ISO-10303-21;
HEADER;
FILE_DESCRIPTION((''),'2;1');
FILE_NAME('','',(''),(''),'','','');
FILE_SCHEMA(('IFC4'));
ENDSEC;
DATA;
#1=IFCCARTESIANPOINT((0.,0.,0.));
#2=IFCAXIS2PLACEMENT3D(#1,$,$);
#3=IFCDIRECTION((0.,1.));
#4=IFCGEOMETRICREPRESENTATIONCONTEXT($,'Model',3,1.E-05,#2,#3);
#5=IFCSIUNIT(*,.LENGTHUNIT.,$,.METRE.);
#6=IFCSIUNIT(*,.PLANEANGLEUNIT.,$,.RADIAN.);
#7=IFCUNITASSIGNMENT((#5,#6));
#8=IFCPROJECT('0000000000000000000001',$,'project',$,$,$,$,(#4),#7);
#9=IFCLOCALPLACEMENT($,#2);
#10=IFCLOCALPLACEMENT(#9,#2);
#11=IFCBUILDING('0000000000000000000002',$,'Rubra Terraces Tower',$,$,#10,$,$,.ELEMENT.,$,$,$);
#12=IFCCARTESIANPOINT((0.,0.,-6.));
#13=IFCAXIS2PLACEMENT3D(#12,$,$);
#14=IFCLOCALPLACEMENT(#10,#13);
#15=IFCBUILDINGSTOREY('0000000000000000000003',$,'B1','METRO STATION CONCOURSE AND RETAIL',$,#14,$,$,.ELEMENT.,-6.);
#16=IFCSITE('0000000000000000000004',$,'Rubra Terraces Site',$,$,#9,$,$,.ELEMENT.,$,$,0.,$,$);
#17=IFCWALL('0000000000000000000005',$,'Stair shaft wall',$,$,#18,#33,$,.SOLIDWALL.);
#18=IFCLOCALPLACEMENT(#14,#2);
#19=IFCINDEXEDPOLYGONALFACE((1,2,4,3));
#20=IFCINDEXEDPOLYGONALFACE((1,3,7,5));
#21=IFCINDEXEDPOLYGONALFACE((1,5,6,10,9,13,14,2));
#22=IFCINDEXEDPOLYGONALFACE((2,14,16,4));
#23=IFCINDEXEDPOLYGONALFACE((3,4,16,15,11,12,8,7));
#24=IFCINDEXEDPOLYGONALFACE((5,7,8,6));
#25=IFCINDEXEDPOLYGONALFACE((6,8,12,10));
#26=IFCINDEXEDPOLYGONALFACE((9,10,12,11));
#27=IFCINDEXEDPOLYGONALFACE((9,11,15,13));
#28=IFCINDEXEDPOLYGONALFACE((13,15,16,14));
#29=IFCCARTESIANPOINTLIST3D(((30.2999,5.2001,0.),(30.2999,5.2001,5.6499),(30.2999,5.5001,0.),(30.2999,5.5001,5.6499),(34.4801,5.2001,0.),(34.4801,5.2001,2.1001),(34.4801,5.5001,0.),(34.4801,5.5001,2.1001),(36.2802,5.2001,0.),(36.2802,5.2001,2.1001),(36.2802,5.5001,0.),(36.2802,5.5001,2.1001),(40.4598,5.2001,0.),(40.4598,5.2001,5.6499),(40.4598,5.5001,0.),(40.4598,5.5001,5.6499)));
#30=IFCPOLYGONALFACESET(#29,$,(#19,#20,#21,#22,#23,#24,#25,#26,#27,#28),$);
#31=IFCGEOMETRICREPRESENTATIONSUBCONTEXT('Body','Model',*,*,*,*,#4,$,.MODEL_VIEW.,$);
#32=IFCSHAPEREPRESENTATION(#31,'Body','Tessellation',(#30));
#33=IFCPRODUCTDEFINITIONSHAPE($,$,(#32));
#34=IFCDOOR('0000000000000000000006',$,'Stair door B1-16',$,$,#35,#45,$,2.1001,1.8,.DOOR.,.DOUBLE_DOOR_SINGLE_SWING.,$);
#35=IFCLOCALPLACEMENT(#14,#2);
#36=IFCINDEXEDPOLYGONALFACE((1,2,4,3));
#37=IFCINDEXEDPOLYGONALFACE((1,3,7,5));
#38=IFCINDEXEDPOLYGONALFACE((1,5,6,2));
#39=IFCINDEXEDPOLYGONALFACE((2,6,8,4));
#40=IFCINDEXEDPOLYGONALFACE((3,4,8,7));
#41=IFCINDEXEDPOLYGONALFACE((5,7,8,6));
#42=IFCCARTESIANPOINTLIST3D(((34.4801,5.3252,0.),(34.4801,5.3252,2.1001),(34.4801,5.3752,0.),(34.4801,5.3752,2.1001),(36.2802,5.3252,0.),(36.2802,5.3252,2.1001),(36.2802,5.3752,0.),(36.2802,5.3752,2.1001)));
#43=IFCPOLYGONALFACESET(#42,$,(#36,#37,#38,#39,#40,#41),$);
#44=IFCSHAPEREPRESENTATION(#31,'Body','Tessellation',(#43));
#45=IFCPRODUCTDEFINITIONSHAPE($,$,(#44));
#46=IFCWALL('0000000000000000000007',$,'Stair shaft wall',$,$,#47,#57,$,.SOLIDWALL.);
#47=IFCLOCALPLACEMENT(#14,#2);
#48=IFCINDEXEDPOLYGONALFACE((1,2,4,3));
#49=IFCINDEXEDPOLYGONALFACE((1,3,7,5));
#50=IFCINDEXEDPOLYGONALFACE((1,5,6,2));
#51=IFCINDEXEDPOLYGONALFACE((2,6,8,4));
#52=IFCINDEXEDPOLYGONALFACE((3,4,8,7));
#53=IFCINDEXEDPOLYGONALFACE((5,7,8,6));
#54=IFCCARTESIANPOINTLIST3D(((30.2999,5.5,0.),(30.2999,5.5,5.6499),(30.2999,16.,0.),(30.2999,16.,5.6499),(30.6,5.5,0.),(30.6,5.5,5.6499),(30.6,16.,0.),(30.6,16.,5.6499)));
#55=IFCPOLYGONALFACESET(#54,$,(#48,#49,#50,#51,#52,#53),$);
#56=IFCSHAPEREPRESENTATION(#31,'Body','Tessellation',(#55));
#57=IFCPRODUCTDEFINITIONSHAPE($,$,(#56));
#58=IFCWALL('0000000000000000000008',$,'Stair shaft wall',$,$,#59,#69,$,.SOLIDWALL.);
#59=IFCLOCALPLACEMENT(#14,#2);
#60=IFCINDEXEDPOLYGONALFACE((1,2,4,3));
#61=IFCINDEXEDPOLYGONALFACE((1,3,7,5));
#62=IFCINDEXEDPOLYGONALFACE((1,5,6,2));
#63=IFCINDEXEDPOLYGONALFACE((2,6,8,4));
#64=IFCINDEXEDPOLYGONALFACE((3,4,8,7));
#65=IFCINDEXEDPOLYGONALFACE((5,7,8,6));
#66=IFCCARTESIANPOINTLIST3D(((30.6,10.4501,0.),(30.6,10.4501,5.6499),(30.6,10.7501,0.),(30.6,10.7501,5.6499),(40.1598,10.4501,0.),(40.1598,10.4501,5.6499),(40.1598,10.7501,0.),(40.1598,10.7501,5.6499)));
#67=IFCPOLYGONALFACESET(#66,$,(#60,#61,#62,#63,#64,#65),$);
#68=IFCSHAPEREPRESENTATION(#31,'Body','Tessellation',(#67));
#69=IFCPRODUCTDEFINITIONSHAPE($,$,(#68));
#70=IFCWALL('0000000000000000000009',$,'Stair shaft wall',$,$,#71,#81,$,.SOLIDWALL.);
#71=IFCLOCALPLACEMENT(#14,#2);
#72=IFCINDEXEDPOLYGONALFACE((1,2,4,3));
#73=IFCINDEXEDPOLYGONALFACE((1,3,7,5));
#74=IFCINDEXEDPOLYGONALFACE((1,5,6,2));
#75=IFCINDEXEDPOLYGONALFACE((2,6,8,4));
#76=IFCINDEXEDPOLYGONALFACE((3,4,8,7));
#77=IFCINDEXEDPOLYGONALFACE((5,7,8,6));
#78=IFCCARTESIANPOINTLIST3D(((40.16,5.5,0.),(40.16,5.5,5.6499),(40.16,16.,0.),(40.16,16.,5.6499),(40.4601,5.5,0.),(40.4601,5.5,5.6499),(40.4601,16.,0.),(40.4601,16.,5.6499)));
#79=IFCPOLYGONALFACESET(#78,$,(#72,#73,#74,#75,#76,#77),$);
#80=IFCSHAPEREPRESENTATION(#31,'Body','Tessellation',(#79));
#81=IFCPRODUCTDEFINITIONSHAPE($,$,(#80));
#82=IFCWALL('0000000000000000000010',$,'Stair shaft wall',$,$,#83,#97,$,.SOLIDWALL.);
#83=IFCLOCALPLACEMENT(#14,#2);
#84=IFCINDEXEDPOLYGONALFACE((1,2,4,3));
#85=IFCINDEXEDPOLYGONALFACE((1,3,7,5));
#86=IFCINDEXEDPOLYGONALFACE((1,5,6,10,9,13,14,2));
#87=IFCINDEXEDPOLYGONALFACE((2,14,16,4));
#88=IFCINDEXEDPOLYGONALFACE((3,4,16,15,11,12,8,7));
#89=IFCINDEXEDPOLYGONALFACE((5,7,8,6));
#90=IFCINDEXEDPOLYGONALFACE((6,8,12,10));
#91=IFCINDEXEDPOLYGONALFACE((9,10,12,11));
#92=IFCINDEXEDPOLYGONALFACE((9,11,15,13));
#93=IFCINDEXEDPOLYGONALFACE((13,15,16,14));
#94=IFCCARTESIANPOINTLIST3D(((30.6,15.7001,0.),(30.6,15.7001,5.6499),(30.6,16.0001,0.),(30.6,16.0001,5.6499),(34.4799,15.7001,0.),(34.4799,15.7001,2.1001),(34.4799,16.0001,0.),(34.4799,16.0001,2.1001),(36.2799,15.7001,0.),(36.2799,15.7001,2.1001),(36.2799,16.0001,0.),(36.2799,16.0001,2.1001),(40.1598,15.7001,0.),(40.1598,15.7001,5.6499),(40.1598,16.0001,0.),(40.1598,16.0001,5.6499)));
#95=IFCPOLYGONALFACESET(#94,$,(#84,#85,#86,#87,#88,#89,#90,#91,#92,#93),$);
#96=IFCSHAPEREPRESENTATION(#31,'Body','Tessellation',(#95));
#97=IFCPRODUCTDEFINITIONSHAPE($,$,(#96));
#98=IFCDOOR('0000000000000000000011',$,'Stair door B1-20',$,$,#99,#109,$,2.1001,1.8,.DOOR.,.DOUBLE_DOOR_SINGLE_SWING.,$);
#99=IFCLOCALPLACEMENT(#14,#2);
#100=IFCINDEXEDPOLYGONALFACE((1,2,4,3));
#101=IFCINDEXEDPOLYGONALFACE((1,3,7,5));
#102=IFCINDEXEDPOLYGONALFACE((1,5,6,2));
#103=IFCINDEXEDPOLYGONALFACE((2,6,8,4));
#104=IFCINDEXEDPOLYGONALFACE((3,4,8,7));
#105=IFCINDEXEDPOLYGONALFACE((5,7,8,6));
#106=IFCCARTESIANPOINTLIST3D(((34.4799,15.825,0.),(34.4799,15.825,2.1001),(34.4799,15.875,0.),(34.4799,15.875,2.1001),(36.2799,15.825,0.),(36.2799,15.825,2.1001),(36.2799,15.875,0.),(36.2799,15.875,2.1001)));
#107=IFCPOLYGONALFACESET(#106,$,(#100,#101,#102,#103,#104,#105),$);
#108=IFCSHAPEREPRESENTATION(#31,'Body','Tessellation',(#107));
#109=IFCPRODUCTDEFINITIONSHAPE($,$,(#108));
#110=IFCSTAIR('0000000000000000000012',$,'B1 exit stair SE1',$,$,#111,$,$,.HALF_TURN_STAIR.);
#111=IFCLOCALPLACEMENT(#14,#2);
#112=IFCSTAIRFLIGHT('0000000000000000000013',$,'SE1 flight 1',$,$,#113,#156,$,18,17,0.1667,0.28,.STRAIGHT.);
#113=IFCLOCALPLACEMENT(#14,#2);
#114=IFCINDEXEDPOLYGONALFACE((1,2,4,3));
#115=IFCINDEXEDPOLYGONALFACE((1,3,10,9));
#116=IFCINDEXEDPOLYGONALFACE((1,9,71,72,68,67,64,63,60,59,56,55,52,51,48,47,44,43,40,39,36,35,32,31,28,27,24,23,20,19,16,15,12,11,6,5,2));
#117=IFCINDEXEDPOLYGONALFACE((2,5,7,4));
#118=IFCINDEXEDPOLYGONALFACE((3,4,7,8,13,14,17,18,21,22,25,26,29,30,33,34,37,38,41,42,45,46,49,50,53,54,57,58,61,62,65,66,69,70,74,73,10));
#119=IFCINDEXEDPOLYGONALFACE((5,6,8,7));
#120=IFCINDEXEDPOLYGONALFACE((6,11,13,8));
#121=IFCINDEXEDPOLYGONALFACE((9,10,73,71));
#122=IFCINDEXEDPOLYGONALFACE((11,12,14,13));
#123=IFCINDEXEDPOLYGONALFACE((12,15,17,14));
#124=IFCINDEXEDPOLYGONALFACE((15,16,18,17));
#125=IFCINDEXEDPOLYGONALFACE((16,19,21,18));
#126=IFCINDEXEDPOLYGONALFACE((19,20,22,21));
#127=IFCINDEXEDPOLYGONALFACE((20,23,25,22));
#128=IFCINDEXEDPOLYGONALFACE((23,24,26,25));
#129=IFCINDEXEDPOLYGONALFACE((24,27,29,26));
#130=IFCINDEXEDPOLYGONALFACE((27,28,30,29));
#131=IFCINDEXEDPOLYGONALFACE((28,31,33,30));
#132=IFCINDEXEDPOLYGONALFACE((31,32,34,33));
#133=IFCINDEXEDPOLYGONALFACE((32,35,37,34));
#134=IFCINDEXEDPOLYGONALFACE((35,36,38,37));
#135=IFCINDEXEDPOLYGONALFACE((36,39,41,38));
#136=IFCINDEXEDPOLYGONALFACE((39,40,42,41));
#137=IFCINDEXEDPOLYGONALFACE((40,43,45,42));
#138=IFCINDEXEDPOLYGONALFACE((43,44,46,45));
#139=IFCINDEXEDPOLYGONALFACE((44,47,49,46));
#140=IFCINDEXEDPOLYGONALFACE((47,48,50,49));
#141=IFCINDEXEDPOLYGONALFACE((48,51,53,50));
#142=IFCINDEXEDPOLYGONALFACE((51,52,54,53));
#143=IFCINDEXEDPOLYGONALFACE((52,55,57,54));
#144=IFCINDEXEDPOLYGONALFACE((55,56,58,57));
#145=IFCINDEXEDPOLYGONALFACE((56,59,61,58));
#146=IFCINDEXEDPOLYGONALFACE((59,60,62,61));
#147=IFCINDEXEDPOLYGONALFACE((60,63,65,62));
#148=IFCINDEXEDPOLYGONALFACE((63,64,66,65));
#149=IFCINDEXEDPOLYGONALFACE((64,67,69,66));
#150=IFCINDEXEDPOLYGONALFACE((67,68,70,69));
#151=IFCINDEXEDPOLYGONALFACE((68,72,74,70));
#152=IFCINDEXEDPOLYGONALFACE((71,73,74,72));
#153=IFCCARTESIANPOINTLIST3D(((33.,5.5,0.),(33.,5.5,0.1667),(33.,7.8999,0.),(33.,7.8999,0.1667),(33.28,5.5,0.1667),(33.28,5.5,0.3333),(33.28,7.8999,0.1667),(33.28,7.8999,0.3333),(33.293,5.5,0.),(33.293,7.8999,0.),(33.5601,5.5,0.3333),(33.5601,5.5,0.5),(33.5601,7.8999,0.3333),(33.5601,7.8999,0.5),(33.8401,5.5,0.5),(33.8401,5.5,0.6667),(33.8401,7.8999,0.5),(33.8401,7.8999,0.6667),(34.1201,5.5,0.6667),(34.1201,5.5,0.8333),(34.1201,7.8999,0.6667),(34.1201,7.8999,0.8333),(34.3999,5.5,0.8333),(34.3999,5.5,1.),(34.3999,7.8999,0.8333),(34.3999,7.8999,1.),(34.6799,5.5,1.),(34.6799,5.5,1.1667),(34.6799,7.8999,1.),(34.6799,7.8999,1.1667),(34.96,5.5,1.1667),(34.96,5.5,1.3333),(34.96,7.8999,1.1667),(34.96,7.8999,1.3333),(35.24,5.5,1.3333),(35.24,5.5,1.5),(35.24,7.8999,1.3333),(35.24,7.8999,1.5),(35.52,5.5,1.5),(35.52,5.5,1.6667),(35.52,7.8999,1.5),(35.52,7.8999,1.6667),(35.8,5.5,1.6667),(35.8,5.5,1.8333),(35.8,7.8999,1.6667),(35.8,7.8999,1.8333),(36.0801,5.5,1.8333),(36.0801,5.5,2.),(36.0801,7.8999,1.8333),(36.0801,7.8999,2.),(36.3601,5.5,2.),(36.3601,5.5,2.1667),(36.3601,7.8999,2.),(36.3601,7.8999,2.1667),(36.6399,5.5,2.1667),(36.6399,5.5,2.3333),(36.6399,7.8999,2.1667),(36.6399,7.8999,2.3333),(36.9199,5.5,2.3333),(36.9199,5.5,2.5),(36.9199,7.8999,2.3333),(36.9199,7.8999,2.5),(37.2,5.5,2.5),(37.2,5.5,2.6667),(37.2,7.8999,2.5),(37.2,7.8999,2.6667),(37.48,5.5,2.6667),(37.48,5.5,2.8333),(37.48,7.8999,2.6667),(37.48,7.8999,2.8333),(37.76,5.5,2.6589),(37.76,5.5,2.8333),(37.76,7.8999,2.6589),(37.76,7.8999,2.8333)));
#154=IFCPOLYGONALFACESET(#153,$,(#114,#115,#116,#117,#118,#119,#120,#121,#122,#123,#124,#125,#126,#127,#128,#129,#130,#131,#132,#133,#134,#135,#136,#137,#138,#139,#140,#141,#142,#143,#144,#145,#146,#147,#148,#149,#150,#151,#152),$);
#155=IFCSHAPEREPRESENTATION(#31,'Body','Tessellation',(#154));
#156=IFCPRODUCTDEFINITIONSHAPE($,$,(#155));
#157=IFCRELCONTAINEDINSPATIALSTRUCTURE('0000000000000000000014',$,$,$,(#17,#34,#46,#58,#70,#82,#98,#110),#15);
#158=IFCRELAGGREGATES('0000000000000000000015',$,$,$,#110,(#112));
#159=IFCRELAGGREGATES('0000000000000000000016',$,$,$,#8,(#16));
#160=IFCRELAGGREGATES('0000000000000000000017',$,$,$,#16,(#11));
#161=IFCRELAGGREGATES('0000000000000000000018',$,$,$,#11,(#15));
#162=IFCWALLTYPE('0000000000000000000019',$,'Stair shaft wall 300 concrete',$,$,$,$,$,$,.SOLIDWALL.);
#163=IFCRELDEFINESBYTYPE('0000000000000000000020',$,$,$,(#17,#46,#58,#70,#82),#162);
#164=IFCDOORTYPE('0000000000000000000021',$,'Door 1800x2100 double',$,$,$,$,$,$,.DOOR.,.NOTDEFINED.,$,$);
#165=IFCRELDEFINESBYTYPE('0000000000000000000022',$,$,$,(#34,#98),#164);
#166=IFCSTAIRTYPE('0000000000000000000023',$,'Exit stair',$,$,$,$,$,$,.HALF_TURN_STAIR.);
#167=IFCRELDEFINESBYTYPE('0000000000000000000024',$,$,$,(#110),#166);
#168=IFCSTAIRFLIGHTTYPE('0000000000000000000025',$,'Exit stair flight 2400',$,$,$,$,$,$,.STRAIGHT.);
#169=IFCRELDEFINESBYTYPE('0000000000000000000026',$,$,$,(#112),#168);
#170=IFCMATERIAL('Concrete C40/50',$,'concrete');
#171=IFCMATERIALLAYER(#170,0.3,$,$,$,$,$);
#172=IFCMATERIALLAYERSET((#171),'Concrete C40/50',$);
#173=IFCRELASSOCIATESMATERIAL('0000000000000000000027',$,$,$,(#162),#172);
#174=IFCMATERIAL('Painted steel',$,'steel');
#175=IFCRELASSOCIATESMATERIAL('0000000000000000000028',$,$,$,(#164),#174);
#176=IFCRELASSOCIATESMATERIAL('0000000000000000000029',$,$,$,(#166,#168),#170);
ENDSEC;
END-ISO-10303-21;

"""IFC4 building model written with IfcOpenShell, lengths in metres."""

from ifc_helpers import new_model, si_unit, direction, frame, frame_2d, origin, place, context, subcontext, project, spatial, polyline, rectangle, outline, extrude, material, layer, layer_set, type_object, element, fill, aggregate, save


model = new_model("IFC4")

# Units and contexts
model_context = context("Model", 3, precision=1e-05, world=origin(), true_north=direction((0.0, 1.0)))
body_context = subcontext(model_context, "Body", "Model", "MODEL_VIEW")
ifc_project = project(units=[si_unit("LENGTHUNIT", "METRE"), si_unit("PLANEANGLEUNIT", "RADIAN")], contexts=[model_context])

# Site, building, storey
site_placement = place(None, origin())
site = spatial("IfcSite", under=ifc_project, at=site_placement, Name="Rubra Terraces Site", CompositionType="ELEMENT", RefElevation=0.0)
building_placement = place(site_placement, origin())
building = spatial("IfcBuilding", under=site, at=building_placement, Name="Rubra Terraces Tower", CompositionType="ELEMENT")
storey_placement = place(building_placement, frame((0.0, 0.0, -6.0)))
storey = spatial("IfcBuildingStorey", under=building, at=storey_placement, Name="B1", Description="METRO STATION CONCOURSE AND RETAIL", CompositionType="ELEMENT", Elevation=-6.0)

# Shared definitions
ifc_material_1 = material(Name="Concrete C40/50", Category="concrete")

# Wall, opening, door
ifc_layer_1 = layer(ifc_material_1, 0.3)
ifc_layer_set_1 = layer_set([ifc_layer_1], Name="Concrete C40/50")
wall_type_1 = type_object("IfcWallType", Name="Stair shaft wall 300 concrete", PredefinedType="SOLIDWALL", material=ifc_layer_set_1)
wall_1_placement = place(storey_placement, frame((40.46, 5.3501, 0.0), z_axis=(0.0, 0.0, 1.0), x_axis=(-1.0, 0.0, 0.0)))
wall_1 = element("IfcWall", 1, at=wall_1_placement, inside=storey, type_object=wall_type_1, Name="Stair shaft wall", PredefinedType="SOLIDWALL", context=body_context, shape_type="SweptSolid", body=[
    extrude(rectangle(XDim=10.1599, YDim=0.3, at=frame_2d((5.0801, 0.0))), origin(), (0.0, 0.0, 1.0), 5.6499),
])
opening_1_placement = place(wall_1_placement, frame((4.1799, 0.0, 0.0)))
opening_1 = element("IfcOpeningElement", 2, at=opening_1_placement, cuts=wall_1, PredefinedType="OPENING", context=body_context, shape_type="SweptSolid", body=[
    extrude(rectangle(XDim=1.8, YDim=2.1001, at=frame_2d((0.8999, 1.05))), frame((0.0, 0.1599, 0.0), z_axis=(0.0, -1.0, 0.0), x_axis=(1.0, 0.0, 0.0)), (0.0, 0.0, 1.0), 0.3201),
])
ifc_material_2 = material(Name="Painted steel", Category="steel")
door_type = type_object("IfcDoorType", Name="Door 1800x2100 double", OperationType="NOTDEFINED", PredefinedType="DOOR", material=ifc_material_2)
door_1_placement = place(opening_1_placement, origin())
door_1 = element("IfcDoor", 3, at=door_1_placement, inside=storey, type_object=door_type, Name="Stair door B1-16", OperationType="DOUBLE_DOOR_SINGLE_SWING", OverallHeight=2.1001, OverallWidth=1.8, PredefinedType="DOOR", context=body_context, shape_type="SweptSolid", body=[
    extrude(rectangle(XDim=1.8, YDim=2.1001, at=frame_2d((0.8999, 1.05))), frame((0.0, 0.0249, 0.0), z_axis=(0.0, -1.0, 0.0), x_axis=(1.0, 0.0, 0.0)), (0.0, 0.0, 1.0), 0.05),
])
fill(opening_1, door_1)

# Walls
wall_2_placement = place(storey_placement, frame((30.45, 5.5, 0.0), z_axis=(0.0, 0.0, 1.0), x_axis=(0.0, 1.0, 0.0)))
element("IfcWall", 4, at=wall_2_placement, inside=storey, type_object=wall_type_1, Name="Stair shaft wall", PredefinedType="SOLIDWALL", context=body_context, shape_type="SweptSolid", body=[
    extrude(rectangle(XDim=10.5, YDim=0.3, at=frame_2d((5.25, 0.0))), origin(), (0.0, 0.0, 1.0), 5.6499),
])
wall_3_placement = place(storey_placement, frame((30.6001, 10.6001, 0.0), z_axis=(0.0, 0.0, 1.0), x_axis=(1.0, 0.0, 0.0)))
element("IfcWall", 5, at=wall_3_placement, inside=storey, type_object=wall_type_1, Name="Stair shaft wall", PredefinedType="SOLIDWALL", context=body_context, shape_type="SweptSolid", body=[
    extrude(rectangle(XDim=9.5598, YDim=0.3, at=frame_2d((4.7798, 0.0))), origin(), (0.0, 0.0, 1.0), 5.6499),
])
wall_4_placement = place(storey_placement, frame((40.3101, 16.0, 0.0), z_axis=(0.0, 0.0, 1.0), x_axis=(0.0, -1.0, 0.0)))
element("IfcWall", 6, at=wall_4_placement, inside=storey, type_object=wall_type_1, Name="Stair shaft wall", PredefinedType="SOLIDWALL", context=body_context, shape_type="SweptSolid", body=[
    extrude(rectangle(XDim=10.5, YDim=0.3, at=frame_2d((5.25, 0.0))), origin(), (0.0, 0.0, 1.0), 5.6499),
])

# Wall, opening, door
wall_5_placement = place(storey_placement, frame((30.6001, 15.8501, 0.0), z_axis=(0.0, 0.0, 1.0), x_axis=(1.0, 0.0, 0.0)))
wall_5 = element("IfcWall", 7, at=wall_5_placement, inside=storey, type_object=wall_type_1, Name="Stair shaft wall", PredefinedType="SOLIDWALL", context=body_context, shape_type="SweptSolid", body=[
    extrude(rectangle(XDim=9.5598, YDim=0.3, at=frame_2d((4.7798, 0.0))), origin(), (0.0, 0.0, 1.0), 5.6499),
])
opening_2_placement = place(wall_5_placement, frame((3.8799, 0.0, 0.0)))
opening_2 = element("IfcOpeningElement", 8, at=opening_2_placement, cuts=wall_5, PredefinedType="OPENING", context=body_context, shape_type="SweptSolid", body=[
    extrude(rectangle(XDim=1.8, YDim=2.1001, at=frame_2d((0.8999, 1.05))), frame((0.0, 0.1599, 0.0), z_axis=(0.0, -1.0, 0.0), x_axis=(1.0, 0.0, 0.0)), (0.0, 0.0, 1.0), 0.3201),
])
door_2_placement = place(opening_2_placement, origin())
door_2 = element("IfcDoor", 9, at=door_2_placement, inside=storey, type_object=door_type, Name="Stair door B1-20", OperationType="DOUBLE_DOOR_SINGLE_SWING", OverallHeight=2.1001, OverallWidth=1.8, PredefinedType="DOOR", context=body_context, shape_type="SweptSolid", body=[
    extrude(rectangle(XDim=1.8, YDim=2.1001, at=frame_2d((0.8999, 1.05))), frame((0.0, 0.0249, 0.0), z_axis=(0.0, -1.0, 0.0), x_axis=(1.0, 0.0, 0.0)), (0.0, 0.0, 1.0), 0.05),
])
fill(opening_2, door_2)

# Stair, stair flight
stair_type = type_object("IfcStairType", Name="Exit stair", PredefinedType="HALF_TURN_STAIR", material=ifc_material_1)
stair_1_placement = place(storey_placement, origin())
stair_1 = element("IfcStair", 10, at=stair_1_placement, inside=storey, type_object=stair_type, Name="B1 exit stair SE1", PredefinedType="HALF_TURN_STAIR")
stair_flight_type = type_object("IfcStairFlightType", Name="Exit stair flight 2400", PredefinedType="STRAIGHT", material=ifc_material_1)
stair_flight_1_placement = place(storey_placement, frame((33.0, 6.7, 0.0), z_axis=(0.0, 0.0, 1.0), x_axis=(1.0, 0.0, 0.0)))
stair_flight_1 = element("IfcStairFlight", 11, at=stair_flight_1_placement, type_object=stair_flight_type, Name="SE1 flight 1", NumberOfRisers=18, NumberOfTreads=17, PredefinedType="STRAIGHT", RiserHeight=0.1667, TreadLength=0.28, context=body_context, shape_type="SweptSolid", body=[
    extrude(outline(polyline([(0.0, 0.0), (0.0, 0.1667), (0.28, 0.1667), (0.28, 0.3333), (0.5601, 0.3333), (0.5601, 0.5), (0.8401, 0.5), (0.8401, 0.6667), (1.1201, 0.6667), (1.1201, 0.8333), (1.3999, 0.8333), (1.3999, 1.0), (1.6799, 1.0), (1.6799, 1.1667), (1.96, 1.1667), (1.96, 1.3333), (2.24, 1.3333), (2.24, 1.5), (2.52, 1.5), (2.52, 1.6667), (2.8, 1.6667), (2.8, 1.8333), (3.0801, 1.8333), (3.0801, 2.0), (3.3601, 2.0), (3.3601, 2.1667), (3.6399, 2.1667), (3.6399, 2.3333), (3.9199, 2.3333), (3.9199, 2.5), (4.2, 2.5), (4.2, 2.6667), (4.48, 2.6667), (4.48, 2.8333), (4.76, 2.8333), (4.76, 3.0), (4.76, 2.6589), (0.293, 0.0), (0.0, 0.0)])), frame((0.0, 1.2, 0.0), z_axis=(0.0, -1.0, 0.0), x_axis=(1.0, 0.0, 0.0)), (0.0, 0.0, 1.0), 2.3999),
])
aggregate(stair_1, [stair_flight_1])

save(model, "model.ifc")
